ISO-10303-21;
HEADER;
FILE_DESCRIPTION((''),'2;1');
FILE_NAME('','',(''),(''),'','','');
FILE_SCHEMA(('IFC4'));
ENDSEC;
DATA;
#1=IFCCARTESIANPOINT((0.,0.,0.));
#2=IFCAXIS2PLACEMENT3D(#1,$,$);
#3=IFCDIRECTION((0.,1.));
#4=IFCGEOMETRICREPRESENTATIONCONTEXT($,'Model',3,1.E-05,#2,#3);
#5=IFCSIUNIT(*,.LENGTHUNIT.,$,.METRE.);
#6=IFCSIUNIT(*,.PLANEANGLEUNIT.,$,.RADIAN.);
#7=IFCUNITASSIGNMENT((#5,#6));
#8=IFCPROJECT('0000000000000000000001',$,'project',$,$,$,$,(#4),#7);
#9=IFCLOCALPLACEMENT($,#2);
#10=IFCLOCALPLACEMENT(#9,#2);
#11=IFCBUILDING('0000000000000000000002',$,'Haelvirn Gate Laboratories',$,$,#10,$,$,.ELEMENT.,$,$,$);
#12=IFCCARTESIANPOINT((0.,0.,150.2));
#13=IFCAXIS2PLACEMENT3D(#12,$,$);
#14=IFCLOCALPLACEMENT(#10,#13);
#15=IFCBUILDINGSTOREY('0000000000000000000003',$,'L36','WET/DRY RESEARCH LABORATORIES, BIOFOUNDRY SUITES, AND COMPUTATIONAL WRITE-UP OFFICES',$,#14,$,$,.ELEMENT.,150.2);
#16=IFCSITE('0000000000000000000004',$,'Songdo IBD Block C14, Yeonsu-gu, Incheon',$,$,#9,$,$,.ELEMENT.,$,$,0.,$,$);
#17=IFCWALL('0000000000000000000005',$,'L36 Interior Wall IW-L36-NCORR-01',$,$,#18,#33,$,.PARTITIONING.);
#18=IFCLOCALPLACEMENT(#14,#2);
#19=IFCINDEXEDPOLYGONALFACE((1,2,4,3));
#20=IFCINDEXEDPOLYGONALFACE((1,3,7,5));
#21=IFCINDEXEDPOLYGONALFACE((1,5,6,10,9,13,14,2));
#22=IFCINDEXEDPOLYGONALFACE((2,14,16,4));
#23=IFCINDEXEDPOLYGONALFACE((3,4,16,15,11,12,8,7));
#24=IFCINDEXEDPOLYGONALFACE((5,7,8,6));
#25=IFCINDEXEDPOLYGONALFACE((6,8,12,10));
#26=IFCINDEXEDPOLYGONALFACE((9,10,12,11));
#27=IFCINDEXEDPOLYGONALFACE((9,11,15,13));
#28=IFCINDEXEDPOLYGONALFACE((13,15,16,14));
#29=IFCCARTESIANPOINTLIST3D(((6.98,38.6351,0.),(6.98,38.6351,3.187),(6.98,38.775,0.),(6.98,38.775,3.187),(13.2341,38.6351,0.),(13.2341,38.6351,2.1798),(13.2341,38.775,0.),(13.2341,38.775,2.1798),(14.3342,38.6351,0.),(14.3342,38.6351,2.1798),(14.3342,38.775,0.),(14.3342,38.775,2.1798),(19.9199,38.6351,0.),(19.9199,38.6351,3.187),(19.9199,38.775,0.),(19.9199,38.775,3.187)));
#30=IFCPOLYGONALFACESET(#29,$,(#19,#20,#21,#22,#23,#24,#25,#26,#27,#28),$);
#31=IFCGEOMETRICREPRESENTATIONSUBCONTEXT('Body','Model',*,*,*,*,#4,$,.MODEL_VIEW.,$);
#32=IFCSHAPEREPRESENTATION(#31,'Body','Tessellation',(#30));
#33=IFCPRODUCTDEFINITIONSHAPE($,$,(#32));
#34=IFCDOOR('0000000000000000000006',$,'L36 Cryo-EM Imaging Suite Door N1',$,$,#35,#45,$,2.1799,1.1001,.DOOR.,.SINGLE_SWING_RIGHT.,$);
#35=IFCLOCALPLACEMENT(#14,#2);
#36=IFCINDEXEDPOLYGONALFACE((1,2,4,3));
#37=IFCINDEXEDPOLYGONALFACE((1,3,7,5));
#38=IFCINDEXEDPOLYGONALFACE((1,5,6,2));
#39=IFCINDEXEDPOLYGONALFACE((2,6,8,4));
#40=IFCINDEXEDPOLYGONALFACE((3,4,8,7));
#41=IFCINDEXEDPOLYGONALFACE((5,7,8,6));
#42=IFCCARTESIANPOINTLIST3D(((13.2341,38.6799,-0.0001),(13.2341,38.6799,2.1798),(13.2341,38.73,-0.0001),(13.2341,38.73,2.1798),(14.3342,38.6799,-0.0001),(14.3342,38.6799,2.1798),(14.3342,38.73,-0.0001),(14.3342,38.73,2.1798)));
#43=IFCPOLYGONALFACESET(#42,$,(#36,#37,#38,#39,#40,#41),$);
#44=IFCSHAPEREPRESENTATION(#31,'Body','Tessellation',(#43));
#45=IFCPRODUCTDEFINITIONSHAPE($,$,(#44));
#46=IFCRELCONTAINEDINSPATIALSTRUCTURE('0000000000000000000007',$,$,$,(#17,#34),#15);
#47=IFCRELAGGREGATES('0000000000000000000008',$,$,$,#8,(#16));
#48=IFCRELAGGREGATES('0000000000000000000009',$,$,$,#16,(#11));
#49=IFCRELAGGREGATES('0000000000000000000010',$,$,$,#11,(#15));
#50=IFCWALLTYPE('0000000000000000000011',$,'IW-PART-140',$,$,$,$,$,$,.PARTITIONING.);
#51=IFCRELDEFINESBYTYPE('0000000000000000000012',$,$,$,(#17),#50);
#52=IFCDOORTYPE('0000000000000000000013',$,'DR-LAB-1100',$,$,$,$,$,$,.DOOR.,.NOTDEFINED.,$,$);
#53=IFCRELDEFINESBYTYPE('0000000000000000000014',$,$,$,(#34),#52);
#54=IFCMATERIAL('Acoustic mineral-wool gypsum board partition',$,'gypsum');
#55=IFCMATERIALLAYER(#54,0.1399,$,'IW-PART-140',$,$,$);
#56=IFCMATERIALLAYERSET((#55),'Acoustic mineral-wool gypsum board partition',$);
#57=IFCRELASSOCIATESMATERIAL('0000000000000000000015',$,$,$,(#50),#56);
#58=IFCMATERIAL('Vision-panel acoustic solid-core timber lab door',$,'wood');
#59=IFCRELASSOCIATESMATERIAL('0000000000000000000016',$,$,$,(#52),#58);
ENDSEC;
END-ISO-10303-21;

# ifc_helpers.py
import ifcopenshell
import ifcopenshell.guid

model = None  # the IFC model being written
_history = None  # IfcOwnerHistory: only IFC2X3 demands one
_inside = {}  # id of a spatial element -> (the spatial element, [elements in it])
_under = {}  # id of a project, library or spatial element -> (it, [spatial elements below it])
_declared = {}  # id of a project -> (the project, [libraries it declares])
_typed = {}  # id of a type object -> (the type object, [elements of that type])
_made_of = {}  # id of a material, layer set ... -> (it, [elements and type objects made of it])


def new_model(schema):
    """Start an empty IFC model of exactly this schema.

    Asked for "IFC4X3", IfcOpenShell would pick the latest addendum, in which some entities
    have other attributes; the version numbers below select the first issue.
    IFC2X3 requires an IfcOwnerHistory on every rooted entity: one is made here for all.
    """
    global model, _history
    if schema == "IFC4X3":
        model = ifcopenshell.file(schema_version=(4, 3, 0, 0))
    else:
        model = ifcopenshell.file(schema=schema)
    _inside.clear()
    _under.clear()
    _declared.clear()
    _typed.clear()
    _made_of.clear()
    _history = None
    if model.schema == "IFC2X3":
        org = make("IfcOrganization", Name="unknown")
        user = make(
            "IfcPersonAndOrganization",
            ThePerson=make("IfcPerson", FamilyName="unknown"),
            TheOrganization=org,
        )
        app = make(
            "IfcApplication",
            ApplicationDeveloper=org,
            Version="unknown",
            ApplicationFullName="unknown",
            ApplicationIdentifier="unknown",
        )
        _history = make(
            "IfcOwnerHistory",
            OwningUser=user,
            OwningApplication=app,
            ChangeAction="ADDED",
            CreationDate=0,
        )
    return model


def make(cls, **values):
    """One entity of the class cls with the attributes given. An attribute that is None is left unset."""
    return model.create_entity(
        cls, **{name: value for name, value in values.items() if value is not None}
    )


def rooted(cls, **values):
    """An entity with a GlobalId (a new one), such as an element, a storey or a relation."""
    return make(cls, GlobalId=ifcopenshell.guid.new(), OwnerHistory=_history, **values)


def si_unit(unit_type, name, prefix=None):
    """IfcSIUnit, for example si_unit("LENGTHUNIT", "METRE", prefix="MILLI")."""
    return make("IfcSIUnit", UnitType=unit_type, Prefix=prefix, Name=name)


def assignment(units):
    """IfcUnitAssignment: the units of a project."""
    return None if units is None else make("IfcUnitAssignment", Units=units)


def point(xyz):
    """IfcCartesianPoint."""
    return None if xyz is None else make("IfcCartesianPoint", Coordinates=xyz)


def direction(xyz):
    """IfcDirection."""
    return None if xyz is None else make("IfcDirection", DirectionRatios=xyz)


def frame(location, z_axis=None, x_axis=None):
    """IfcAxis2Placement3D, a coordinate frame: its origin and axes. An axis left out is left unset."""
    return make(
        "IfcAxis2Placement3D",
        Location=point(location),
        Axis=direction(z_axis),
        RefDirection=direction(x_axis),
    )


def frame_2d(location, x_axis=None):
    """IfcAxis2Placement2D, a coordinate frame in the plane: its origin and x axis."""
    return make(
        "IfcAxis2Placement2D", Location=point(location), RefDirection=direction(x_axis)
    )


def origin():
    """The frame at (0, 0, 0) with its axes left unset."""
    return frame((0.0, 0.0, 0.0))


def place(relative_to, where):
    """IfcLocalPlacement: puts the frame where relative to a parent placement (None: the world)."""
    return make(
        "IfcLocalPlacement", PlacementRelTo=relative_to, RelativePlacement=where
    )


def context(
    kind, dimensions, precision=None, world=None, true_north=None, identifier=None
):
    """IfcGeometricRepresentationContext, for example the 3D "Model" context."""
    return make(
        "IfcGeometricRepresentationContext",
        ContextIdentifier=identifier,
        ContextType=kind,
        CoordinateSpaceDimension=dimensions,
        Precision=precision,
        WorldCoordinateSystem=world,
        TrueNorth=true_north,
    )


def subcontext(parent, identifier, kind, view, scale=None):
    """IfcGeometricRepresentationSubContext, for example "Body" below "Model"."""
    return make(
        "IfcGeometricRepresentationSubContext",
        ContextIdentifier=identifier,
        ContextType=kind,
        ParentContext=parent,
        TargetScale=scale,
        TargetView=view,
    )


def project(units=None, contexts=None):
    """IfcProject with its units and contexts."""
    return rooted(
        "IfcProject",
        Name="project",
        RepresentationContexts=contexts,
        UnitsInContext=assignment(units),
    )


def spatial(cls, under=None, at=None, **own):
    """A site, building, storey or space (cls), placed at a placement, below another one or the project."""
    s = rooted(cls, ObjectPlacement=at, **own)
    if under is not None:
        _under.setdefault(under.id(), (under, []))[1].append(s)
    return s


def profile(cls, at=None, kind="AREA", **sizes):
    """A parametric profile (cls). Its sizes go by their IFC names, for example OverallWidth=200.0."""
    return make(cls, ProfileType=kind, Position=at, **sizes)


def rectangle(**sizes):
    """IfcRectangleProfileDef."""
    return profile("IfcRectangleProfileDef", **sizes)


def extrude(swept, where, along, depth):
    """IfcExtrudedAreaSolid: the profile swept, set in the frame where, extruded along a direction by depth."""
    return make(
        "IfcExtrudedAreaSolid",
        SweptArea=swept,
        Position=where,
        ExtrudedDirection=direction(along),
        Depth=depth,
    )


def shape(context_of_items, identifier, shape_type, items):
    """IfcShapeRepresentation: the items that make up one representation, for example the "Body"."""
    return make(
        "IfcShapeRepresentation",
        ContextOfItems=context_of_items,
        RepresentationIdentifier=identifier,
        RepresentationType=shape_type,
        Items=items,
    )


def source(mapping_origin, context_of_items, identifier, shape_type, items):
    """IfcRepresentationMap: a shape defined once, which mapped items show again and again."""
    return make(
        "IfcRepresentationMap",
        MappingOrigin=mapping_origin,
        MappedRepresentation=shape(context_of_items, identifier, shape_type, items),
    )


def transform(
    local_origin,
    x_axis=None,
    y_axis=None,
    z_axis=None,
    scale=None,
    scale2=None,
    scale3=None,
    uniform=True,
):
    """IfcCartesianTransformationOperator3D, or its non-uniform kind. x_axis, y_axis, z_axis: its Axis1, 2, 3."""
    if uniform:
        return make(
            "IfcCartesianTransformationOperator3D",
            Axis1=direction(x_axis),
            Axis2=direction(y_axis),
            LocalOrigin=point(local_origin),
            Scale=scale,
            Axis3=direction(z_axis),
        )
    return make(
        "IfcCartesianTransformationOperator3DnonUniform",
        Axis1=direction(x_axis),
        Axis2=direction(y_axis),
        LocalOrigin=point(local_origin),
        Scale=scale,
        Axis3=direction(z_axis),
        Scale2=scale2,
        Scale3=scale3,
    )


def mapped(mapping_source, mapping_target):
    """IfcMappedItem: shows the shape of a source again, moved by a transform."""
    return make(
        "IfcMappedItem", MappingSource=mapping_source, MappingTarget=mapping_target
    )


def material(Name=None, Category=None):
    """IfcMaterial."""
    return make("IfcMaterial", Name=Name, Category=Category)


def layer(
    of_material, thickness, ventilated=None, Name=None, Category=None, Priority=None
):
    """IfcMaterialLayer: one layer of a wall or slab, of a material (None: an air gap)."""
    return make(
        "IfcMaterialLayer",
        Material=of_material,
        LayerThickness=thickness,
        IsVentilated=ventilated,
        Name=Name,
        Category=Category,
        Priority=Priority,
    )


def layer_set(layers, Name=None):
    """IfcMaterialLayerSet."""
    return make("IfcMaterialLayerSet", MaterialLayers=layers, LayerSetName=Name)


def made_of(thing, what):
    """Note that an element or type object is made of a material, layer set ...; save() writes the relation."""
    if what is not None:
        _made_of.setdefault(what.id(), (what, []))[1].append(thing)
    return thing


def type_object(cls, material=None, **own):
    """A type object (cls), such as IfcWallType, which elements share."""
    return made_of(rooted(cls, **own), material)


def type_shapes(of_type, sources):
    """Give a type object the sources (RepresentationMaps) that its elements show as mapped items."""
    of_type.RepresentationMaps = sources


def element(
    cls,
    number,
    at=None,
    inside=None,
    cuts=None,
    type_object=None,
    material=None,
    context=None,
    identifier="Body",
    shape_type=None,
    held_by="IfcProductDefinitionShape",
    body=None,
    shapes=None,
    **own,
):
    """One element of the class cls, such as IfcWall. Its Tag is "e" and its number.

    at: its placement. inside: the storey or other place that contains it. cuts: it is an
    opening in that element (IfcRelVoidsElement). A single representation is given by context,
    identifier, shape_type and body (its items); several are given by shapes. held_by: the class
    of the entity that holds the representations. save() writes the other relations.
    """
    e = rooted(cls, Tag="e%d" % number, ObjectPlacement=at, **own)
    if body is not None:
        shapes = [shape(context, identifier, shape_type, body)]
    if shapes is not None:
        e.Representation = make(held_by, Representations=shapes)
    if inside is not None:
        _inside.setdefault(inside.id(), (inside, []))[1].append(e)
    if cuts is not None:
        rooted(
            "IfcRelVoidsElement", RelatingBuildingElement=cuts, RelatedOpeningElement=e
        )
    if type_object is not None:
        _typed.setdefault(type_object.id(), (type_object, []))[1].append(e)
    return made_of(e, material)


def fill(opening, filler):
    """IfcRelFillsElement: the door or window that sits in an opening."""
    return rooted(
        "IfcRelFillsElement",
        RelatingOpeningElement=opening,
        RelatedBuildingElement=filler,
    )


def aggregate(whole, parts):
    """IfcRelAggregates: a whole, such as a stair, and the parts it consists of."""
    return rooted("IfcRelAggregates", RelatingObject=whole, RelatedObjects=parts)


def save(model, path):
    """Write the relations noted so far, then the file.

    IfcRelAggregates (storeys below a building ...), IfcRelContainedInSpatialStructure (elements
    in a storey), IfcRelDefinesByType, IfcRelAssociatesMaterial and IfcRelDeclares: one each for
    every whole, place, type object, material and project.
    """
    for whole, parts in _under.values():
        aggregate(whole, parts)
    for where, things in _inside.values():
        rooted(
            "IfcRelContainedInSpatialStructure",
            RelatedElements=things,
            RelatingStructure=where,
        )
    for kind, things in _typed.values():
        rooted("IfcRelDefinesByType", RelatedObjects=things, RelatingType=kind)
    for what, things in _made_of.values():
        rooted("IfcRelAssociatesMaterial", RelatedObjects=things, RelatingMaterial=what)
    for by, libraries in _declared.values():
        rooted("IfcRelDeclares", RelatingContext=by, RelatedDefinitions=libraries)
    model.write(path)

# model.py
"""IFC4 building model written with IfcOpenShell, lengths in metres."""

from ifc_helpers import new_model, si_unit, direction, frame, frame_2d, origin, place, context, subcontext, project, spatial, rectangle, extrude, source, transform, mapped, material, layer, layer_set, type_object, type_shapes, element, fill, save


model = new_model("IFC4")

# Units and contexts
model_context = context("Model", 3, precision=1e-05, world=origin(), true_north=direction((0.0, 1.0)))
body_context = subcontext(model_context, "Body", "Model", "MODEL_VIEW")
ifc_project = project(units=[si_unit("LENGTHUNIT", "METRE"), si_unit("PLANEANGLEUNIT", "RADIAN")], contexts=[model_context])

# Site, building, storey
site_placement = place(None, origin())
site = spatial("IfcSite", under=ifc_project, at=site_placement, Name="Songdo IBD Block C14, Yeonsu-gu, Incheon", CompositionType="ELEMENT", RefElevation=0.0)
building_placement = place(site_placement, origin())
building = spatial("IfcBuilding", under=site, at=building_placement, Name="Haelvirn Gate Laboratories", CompositionType="ELEMENT")
storey_placement = place(building_placement, frame((0.0, 0.0, 150.2)))
storey = spatial("IfcBuildingStorey", under=building, at=storey_placement, Name="L36", Description="WET/DRY RESEARCH LABORATORIES, BIOFOUNDRY SUITES, AND COMPUTATIONAL WRITE-UP OFFICES", CompositionType="ELEMENT", Elevation=150.2)

# Wall, opening, door
ifc_material_1 = material(Name="Acoustic mineral-wool gypsum board partition", Category="gypsum")
ifc_layer_1 = layer(ifc_material_1, 0.1399, Name="IW-PART-140")
ifc_layer_set_1 = layer_set([ifc_layer_1], Name="Acoustic mineral-wool gypsum board partition")
wall_type_1 = type_object("IfcWallType", Name="IW-PART-140", PredefinedType="PARTITIONING", material=ifc_layer_set_1)
wall_1_placement = place(storey_placement, frame((6.98, 38.7051, 0.0), z_axis=(0.0, 0.0, 1.0), x_axis=(1.0, 0.0, 0.0)))
wall_1 = element("IfcWall", 1, at=wall_1_placement, inside=storey, type_object=wall_type_1, Name="L36 Interior Wall IW-L36-NCORR-01", PredefinedType="PARTITIONING", context=body_context, shape_type="SweptSolid", body=[
    extrude(rectangle(XDim=12.9399, YDim=0.1399, at=frame_2d((6.47, 0.0))), origin(), (0.0, 0.0, 1.0), 3.187),
])
opening_1_placement = place(wall_1_placement, frame((6.2542, 0.0, 0.0)))
opening_1 = element("IfcOpeningElement", 2, at=opening_1_placement, cuts=wall_1, PredefinedType="OPENING", context=body_context, shape_type="SweptSolid", body=[
    extrude(rectangle(XDim=1.1001, YDim=2.1799, at=frame_2d((0.55, 1.0898))), frame((0.0, 0.0801, 0.0), z_axis=(0.0, -1.0, 0.0), x_axis=(1.0, 0.0, 0.0)), (0.0, 0.0, 1.0), 0.1599),
])
ifc_material_2 = material(Name="Vision-panel acoustic solid-core timber lab door", Category="wood")
door_type_1 = type_object("IfcDoorType", Name="DR-LAB-1100", OperationType="NOTDEFINED", PredefinedType="DOOR", material=ifc_material_2)
shared_shape_1 = source(origin(), body_context, "Body", "SweptSolid", [
    extrude(rectangle(XDim=1.1001, YDim=2.1799, at=frame_2d((0.55, 1.0898))), frame((0.0, 0.0249, 0.0), z_axis=(0.0, -1.0, 0.0), x_axis=(1.0, 0.0, 0.0)), (0.0, 0.0, 1.0), 0.05),
])
type_shapes(door_type_1, [shared_shape_1])
door_1_placement = place(opening_1_placement, origin())
door_1 = element("IfcDoor", 3, at=door_1_placement, inside=storey, type_object=door_type_1, Name="L36 Cryo-EM Imaging Suite Door N1", OperationType="SINGLE_SWING_RIGHT", OverallHeight=2.1799, OverallWidth=1.1001, PredefinedType="DOOR", context=body_context, shape_type="MappedRepresentation", body=[
    mapped(shared_shape_1, transform((0.0, 0.0, 0.0), scale=1.0)),
])
fill(opening_1, door_1)

save(model, "model.ifc")
